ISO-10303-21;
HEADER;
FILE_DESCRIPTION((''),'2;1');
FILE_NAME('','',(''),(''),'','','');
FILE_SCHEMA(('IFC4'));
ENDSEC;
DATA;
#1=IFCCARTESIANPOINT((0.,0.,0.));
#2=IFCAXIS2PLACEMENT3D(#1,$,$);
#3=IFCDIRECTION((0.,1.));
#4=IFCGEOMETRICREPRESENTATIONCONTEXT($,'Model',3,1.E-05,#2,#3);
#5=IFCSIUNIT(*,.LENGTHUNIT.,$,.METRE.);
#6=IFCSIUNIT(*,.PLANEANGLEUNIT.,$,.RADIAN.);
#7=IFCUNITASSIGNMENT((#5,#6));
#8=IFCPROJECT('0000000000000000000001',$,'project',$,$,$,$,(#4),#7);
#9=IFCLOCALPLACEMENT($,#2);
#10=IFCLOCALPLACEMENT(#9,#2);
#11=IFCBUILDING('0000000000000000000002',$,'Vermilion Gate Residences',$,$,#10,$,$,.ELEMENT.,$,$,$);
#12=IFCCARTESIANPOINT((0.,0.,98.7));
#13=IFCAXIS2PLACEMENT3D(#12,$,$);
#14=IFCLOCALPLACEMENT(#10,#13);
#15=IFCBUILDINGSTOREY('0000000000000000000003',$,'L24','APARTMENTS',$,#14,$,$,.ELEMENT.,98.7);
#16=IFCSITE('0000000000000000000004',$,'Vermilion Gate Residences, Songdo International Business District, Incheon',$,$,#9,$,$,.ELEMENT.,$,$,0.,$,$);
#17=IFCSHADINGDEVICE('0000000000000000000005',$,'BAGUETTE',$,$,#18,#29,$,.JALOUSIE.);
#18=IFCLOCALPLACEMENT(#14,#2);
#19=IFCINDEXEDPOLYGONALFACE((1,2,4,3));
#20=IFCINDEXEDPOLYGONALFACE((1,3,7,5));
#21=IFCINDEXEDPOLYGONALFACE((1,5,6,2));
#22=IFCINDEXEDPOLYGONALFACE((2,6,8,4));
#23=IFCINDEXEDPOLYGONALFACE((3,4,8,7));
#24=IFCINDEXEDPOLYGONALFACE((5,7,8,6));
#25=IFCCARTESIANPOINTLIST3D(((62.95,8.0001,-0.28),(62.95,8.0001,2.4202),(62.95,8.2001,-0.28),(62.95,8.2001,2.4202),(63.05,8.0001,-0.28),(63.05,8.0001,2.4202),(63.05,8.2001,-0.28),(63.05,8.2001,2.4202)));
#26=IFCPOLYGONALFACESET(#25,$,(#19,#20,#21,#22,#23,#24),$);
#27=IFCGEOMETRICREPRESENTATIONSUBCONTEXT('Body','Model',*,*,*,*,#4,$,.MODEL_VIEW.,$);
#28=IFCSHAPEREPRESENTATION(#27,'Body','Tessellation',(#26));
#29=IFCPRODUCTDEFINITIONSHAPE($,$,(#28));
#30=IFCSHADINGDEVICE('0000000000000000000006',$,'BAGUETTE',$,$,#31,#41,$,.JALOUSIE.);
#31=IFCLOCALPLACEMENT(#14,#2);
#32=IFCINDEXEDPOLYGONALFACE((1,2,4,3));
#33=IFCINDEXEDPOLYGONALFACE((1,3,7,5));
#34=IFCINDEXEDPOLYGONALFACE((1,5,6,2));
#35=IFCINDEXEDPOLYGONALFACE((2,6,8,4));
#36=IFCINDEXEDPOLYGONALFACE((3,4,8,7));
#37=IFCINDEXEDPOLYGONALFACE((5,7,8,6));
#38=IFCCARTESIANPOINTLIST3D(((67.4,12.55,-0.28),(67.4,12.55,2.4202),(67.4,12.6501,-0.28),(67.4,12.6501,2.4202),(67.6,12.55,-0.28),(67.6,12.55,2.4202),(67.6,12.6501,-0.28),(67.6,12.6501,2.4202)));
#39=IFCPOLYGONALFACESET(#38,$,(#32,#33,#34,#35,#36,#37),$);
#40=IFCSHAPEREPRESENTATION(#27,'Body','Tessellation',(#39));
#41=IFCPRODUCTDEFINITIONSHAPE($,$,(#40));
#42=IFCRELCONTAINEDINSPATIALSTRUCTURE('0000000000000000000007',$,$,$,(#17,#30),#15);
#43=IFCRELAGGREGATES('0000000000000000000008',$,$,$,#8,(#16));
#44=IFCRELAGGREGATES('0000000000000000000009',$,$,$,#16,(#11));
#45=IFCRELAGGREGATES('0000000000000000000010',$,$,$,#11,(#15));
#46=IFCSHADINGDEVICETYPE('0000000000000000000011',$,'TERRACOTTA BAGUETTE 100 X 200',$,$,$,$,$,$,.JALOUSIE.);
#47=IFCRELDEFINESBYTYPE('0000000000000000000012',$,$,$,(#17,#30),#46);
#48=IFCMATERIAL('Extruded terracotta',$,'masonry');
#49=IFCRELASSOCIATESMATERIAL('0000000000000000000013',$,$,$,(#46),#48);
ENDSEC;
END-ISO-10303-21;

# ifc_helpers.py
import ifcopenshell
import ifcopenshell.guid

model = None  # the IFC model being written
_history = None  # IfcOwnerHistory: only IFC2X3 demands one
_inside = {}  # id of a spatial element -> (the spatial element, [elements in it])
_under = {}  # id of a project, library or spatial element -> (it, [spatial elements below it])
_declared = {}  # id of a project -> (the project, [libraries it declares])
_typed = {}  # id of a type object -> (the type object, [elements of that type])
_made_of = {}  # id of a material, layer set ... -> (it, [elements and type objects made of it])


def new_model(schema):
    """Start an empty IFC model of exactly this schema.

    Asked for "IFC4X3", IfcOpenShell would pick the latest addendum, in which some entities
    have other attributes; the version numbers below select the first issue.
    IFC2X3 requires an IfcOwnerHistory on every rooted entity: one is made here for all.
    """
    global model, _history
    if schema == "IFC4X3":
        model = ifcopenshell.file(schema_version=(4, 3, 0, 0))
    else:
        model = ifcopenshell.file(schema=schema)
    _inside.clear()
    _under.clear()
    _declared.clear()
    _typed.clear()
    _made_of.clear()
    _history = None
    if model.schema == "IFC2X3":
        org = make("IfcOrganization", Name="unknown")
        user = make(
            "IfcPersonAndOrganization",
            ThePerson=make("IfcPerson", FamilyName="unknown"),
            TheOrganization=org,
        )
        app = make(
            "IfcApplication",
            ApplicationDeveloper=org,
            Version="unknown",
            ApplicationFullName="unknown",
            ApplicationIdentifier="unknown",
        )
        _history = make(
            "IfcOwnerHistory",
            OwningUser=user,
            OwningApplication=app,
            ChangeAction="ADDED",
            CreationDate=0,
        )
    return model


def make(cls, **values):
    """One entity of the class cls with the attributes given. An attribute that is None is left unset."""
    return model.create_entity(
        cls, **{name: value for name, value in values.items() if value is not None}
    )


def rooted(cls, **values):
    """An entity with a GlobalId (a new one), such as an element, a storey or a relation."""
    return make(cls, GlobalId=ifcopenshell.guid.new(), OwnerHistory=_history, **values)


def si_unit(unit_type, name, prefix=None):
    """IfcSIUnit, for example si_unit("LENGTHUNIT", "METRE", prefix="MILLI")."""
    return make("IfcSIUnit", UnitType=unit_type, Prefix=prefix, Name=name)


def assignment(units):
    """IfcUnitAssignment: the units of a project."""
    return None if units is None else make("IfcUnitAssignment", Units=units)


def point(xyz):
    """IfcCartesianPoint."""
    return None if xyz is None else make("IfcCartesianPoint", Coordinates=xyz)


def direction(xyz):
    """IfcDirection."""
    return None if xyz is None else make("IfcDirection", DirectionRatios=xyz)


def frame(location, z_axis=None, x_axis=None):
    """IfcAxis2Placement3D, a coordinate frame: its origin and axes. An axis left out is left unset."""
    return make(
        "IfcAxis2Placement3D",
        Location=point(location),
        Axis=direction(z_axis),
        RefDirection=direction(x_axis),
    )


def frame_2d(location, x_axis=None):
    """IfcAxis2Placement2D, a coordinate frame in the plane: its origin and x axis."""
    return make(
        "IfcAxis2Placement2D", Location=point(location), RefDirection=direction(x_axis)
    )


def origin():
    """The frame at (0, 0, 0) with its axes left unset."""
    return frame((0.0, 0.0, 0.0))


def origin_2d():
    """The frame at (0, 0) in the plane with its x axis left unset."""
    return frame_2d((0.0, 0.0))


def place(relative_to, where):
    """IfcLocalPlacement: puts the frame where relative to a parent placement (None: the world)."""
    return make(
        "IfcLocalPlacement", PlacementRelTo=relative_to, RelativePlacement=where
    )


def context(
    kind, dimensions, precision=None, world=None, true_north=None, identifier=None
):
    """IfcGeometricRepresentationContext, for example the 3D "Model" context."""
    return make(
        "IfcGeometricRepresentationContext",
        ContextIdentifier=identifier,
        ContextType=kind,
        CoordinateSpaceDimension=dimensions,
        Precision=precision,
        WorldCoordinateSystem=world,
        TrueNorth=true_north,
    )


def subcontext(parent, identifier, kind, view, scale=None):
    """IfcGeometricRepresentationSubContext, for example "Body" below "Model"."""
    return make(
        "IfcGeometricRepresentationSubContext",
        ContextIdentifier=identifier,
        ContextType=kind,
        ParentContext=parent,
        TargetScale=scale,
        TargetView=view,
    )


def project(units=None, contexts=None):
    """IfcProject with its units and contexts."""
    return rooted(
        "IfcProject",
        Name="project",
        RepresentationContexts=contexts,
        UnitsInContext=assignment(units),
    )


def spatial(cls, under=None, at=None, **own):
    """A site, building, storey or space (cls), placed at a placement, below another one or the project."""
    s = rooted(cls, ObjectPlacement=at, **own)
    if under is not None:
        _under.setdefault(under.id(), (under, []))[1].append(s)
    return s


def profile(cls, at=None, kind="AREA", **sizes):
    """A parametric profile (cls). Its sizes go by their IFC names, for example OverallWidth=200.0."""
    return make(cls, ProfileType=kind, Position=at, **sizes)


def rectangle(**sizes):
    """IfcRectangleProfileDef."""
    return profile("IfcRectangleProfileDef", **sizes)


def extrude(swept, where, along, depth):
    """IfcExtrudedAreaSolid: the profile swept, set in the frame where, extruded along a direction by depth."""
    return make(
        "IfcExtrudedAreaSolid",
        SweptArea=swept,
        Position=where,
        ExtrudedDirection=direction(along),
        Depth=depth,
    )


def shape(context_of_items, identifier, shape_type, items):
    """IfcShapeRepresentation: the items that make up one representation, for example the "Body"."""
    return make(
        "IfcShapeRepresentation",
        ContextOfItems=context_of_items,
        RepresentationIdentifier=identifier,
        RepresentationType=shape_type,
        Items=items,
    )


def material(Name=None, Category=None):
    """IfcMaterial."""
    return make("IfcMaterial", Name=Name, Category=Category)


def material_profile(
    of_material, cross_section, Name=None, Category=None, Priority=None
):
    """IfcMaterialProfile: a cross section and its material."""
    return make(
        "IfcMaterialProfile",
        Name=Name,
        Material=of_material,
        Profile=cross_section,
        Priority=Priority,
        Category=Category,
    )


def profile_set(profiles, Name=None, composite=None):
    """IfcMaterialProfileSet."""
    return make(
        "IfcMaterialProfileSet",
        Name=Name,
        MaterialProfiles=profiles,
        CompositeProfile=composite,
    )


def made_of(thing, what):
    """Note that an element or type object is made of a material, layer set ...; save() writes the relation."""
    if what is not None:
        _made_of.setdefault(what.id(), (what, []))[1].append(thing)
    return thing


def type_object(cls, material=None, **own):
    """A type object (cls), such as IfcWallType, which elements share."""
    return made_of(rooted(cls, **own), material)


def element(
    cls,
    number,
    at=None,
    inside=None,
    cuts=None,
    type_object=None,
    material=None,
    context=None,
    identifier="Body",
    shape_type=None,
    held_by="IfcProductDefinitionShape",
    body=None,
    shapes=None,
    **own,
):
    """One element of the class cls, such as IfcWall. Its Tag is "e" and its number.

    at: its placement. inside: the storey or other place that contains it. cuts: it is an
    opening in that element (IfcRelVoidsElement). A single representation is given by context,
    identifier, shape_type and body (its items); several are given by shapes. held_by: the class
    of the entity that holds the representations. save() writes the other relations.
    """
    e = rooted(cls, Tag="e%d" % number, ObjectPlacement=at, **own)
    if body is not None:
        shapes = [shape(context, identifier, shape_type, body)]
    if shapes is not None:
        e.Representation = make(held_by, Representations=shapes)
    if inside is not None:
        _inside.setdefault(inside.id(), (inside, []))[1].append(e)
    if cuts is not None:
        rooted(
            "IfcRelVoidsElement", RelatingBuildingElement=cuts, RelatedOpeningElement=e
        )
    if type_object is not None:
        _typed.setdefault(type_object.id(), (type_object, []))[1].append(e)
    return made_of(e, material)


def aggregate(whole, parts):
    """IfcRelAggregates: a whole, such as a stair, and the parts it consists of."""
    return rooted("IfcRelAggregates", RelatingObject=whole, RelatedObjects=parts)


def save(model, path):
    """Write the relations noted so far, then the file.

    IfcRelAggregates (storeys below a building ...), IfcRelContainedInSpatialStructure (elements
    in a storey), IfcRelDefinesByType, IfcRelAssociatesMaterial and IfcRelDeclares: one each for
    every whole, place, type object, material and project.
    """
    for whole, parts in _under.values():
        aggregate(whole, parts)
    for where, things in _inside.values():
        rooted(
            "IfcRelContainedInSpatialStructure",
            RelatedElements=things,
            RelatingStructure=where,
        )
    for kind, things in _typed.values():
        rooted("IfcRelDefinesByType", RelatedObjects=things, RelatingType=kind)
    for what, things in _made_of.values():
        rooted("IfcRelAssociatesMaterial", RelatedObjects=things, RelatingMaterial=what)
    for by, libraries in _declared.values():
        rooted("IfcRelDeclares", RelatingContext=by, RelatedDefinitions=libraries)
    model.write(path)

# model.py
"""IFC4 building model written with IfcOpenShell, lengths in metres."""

from ifc_helpers import new_model, si_unit, direction, frame, origin, origin_2d, place, context, subcontext, project, spatial, rectangle, extrude, material, material_profile, profile_set, type_object, element, save


model = new_model("IFC4")

# Units and contexts
model_context = context("Model", 3, precision=1e-05, world=origin(), true_north=direction((0.0, 1.0)))
body_context = subcontext(model_context, "Body", "Model", "MODEL_VIEW")
ifc_project = project(units=[si_unit("LENGTHUNIT", "METRE"), si_unit("PLANEANGLEUNIT", "RADIAN")], contexts=[model_context])

# Site, building, storey
site_placement = place(None, origin())
site = spatial("IfcSite", under=ifc_project, at=site_placement, Name="Vermilion Gate Residences, Songdo International Business District, Incheon", CompositionType="ELEMENT", RefElevation=0.0)
building_placement = place(site_placement, origin())
building = spatial("IfcBuilding", under=site, at=building_placement, Name="Vermilion Gate Residences", CompositionType="ELEMENT")
storey_placement = place(building_placement, frame((0.0, 0.0, 98.7)))
storey = spatial("IfcBuildingStorey", under=building, at=storey_placement, Name="L24", Description="APARTMENTS", CompositionType="ELEMENT", Elevation=98.7)

# Shading devices
ifc_material_1 = material(Name="Extruded terracotta", Category="masonry")
ifc_material_profile_1 = material_profile(ifc_material_1, rectangle(XDim=0.2, YDim=0.1001, at=origin_2d()), Name="BAGUETTE 100 X 200")
ifc_profile_set_1 = profile_set([ifc_material_profile_1], Name="Extruded terracotta")
shading_device_type = type_object("IfcShadingDeviceType", Name="TERRACOTTA BAGUETTE 100 X 200", PredefinedType="JALOUSIE", material=ifc_profile_set_1)
for number, where, z_axis, x_axis, name in (
    (1, (63.0, 8.1001, -0.28), (0.0, 0.0, 1.0), (0.0, 1.0, 0.0), "BAGUETTE"),
    (2, (67.5, 12.6001, -0.28), (0.0, 0.0, 1.0), (-1.0, 0.0, 0.0), "BAGUETTE"),
):
    element("IfcShadingDevice", number, at=place(storey_placement, frame(where, z_axis=z_axis, x_axis=x_axis)), inside=storey, type_object=shading_device_type, Name=name, PredefinedType="JALOUSIE", context=body_context, shape_type="SweptSolid", body=[
        extrude(rectangle(XDim=0.2, YDim=0.1001, at=origin_2d()), origin(), (0.0, 0.0, 1.0), 2.7002),
    ])

save(model, "model.ifc")
